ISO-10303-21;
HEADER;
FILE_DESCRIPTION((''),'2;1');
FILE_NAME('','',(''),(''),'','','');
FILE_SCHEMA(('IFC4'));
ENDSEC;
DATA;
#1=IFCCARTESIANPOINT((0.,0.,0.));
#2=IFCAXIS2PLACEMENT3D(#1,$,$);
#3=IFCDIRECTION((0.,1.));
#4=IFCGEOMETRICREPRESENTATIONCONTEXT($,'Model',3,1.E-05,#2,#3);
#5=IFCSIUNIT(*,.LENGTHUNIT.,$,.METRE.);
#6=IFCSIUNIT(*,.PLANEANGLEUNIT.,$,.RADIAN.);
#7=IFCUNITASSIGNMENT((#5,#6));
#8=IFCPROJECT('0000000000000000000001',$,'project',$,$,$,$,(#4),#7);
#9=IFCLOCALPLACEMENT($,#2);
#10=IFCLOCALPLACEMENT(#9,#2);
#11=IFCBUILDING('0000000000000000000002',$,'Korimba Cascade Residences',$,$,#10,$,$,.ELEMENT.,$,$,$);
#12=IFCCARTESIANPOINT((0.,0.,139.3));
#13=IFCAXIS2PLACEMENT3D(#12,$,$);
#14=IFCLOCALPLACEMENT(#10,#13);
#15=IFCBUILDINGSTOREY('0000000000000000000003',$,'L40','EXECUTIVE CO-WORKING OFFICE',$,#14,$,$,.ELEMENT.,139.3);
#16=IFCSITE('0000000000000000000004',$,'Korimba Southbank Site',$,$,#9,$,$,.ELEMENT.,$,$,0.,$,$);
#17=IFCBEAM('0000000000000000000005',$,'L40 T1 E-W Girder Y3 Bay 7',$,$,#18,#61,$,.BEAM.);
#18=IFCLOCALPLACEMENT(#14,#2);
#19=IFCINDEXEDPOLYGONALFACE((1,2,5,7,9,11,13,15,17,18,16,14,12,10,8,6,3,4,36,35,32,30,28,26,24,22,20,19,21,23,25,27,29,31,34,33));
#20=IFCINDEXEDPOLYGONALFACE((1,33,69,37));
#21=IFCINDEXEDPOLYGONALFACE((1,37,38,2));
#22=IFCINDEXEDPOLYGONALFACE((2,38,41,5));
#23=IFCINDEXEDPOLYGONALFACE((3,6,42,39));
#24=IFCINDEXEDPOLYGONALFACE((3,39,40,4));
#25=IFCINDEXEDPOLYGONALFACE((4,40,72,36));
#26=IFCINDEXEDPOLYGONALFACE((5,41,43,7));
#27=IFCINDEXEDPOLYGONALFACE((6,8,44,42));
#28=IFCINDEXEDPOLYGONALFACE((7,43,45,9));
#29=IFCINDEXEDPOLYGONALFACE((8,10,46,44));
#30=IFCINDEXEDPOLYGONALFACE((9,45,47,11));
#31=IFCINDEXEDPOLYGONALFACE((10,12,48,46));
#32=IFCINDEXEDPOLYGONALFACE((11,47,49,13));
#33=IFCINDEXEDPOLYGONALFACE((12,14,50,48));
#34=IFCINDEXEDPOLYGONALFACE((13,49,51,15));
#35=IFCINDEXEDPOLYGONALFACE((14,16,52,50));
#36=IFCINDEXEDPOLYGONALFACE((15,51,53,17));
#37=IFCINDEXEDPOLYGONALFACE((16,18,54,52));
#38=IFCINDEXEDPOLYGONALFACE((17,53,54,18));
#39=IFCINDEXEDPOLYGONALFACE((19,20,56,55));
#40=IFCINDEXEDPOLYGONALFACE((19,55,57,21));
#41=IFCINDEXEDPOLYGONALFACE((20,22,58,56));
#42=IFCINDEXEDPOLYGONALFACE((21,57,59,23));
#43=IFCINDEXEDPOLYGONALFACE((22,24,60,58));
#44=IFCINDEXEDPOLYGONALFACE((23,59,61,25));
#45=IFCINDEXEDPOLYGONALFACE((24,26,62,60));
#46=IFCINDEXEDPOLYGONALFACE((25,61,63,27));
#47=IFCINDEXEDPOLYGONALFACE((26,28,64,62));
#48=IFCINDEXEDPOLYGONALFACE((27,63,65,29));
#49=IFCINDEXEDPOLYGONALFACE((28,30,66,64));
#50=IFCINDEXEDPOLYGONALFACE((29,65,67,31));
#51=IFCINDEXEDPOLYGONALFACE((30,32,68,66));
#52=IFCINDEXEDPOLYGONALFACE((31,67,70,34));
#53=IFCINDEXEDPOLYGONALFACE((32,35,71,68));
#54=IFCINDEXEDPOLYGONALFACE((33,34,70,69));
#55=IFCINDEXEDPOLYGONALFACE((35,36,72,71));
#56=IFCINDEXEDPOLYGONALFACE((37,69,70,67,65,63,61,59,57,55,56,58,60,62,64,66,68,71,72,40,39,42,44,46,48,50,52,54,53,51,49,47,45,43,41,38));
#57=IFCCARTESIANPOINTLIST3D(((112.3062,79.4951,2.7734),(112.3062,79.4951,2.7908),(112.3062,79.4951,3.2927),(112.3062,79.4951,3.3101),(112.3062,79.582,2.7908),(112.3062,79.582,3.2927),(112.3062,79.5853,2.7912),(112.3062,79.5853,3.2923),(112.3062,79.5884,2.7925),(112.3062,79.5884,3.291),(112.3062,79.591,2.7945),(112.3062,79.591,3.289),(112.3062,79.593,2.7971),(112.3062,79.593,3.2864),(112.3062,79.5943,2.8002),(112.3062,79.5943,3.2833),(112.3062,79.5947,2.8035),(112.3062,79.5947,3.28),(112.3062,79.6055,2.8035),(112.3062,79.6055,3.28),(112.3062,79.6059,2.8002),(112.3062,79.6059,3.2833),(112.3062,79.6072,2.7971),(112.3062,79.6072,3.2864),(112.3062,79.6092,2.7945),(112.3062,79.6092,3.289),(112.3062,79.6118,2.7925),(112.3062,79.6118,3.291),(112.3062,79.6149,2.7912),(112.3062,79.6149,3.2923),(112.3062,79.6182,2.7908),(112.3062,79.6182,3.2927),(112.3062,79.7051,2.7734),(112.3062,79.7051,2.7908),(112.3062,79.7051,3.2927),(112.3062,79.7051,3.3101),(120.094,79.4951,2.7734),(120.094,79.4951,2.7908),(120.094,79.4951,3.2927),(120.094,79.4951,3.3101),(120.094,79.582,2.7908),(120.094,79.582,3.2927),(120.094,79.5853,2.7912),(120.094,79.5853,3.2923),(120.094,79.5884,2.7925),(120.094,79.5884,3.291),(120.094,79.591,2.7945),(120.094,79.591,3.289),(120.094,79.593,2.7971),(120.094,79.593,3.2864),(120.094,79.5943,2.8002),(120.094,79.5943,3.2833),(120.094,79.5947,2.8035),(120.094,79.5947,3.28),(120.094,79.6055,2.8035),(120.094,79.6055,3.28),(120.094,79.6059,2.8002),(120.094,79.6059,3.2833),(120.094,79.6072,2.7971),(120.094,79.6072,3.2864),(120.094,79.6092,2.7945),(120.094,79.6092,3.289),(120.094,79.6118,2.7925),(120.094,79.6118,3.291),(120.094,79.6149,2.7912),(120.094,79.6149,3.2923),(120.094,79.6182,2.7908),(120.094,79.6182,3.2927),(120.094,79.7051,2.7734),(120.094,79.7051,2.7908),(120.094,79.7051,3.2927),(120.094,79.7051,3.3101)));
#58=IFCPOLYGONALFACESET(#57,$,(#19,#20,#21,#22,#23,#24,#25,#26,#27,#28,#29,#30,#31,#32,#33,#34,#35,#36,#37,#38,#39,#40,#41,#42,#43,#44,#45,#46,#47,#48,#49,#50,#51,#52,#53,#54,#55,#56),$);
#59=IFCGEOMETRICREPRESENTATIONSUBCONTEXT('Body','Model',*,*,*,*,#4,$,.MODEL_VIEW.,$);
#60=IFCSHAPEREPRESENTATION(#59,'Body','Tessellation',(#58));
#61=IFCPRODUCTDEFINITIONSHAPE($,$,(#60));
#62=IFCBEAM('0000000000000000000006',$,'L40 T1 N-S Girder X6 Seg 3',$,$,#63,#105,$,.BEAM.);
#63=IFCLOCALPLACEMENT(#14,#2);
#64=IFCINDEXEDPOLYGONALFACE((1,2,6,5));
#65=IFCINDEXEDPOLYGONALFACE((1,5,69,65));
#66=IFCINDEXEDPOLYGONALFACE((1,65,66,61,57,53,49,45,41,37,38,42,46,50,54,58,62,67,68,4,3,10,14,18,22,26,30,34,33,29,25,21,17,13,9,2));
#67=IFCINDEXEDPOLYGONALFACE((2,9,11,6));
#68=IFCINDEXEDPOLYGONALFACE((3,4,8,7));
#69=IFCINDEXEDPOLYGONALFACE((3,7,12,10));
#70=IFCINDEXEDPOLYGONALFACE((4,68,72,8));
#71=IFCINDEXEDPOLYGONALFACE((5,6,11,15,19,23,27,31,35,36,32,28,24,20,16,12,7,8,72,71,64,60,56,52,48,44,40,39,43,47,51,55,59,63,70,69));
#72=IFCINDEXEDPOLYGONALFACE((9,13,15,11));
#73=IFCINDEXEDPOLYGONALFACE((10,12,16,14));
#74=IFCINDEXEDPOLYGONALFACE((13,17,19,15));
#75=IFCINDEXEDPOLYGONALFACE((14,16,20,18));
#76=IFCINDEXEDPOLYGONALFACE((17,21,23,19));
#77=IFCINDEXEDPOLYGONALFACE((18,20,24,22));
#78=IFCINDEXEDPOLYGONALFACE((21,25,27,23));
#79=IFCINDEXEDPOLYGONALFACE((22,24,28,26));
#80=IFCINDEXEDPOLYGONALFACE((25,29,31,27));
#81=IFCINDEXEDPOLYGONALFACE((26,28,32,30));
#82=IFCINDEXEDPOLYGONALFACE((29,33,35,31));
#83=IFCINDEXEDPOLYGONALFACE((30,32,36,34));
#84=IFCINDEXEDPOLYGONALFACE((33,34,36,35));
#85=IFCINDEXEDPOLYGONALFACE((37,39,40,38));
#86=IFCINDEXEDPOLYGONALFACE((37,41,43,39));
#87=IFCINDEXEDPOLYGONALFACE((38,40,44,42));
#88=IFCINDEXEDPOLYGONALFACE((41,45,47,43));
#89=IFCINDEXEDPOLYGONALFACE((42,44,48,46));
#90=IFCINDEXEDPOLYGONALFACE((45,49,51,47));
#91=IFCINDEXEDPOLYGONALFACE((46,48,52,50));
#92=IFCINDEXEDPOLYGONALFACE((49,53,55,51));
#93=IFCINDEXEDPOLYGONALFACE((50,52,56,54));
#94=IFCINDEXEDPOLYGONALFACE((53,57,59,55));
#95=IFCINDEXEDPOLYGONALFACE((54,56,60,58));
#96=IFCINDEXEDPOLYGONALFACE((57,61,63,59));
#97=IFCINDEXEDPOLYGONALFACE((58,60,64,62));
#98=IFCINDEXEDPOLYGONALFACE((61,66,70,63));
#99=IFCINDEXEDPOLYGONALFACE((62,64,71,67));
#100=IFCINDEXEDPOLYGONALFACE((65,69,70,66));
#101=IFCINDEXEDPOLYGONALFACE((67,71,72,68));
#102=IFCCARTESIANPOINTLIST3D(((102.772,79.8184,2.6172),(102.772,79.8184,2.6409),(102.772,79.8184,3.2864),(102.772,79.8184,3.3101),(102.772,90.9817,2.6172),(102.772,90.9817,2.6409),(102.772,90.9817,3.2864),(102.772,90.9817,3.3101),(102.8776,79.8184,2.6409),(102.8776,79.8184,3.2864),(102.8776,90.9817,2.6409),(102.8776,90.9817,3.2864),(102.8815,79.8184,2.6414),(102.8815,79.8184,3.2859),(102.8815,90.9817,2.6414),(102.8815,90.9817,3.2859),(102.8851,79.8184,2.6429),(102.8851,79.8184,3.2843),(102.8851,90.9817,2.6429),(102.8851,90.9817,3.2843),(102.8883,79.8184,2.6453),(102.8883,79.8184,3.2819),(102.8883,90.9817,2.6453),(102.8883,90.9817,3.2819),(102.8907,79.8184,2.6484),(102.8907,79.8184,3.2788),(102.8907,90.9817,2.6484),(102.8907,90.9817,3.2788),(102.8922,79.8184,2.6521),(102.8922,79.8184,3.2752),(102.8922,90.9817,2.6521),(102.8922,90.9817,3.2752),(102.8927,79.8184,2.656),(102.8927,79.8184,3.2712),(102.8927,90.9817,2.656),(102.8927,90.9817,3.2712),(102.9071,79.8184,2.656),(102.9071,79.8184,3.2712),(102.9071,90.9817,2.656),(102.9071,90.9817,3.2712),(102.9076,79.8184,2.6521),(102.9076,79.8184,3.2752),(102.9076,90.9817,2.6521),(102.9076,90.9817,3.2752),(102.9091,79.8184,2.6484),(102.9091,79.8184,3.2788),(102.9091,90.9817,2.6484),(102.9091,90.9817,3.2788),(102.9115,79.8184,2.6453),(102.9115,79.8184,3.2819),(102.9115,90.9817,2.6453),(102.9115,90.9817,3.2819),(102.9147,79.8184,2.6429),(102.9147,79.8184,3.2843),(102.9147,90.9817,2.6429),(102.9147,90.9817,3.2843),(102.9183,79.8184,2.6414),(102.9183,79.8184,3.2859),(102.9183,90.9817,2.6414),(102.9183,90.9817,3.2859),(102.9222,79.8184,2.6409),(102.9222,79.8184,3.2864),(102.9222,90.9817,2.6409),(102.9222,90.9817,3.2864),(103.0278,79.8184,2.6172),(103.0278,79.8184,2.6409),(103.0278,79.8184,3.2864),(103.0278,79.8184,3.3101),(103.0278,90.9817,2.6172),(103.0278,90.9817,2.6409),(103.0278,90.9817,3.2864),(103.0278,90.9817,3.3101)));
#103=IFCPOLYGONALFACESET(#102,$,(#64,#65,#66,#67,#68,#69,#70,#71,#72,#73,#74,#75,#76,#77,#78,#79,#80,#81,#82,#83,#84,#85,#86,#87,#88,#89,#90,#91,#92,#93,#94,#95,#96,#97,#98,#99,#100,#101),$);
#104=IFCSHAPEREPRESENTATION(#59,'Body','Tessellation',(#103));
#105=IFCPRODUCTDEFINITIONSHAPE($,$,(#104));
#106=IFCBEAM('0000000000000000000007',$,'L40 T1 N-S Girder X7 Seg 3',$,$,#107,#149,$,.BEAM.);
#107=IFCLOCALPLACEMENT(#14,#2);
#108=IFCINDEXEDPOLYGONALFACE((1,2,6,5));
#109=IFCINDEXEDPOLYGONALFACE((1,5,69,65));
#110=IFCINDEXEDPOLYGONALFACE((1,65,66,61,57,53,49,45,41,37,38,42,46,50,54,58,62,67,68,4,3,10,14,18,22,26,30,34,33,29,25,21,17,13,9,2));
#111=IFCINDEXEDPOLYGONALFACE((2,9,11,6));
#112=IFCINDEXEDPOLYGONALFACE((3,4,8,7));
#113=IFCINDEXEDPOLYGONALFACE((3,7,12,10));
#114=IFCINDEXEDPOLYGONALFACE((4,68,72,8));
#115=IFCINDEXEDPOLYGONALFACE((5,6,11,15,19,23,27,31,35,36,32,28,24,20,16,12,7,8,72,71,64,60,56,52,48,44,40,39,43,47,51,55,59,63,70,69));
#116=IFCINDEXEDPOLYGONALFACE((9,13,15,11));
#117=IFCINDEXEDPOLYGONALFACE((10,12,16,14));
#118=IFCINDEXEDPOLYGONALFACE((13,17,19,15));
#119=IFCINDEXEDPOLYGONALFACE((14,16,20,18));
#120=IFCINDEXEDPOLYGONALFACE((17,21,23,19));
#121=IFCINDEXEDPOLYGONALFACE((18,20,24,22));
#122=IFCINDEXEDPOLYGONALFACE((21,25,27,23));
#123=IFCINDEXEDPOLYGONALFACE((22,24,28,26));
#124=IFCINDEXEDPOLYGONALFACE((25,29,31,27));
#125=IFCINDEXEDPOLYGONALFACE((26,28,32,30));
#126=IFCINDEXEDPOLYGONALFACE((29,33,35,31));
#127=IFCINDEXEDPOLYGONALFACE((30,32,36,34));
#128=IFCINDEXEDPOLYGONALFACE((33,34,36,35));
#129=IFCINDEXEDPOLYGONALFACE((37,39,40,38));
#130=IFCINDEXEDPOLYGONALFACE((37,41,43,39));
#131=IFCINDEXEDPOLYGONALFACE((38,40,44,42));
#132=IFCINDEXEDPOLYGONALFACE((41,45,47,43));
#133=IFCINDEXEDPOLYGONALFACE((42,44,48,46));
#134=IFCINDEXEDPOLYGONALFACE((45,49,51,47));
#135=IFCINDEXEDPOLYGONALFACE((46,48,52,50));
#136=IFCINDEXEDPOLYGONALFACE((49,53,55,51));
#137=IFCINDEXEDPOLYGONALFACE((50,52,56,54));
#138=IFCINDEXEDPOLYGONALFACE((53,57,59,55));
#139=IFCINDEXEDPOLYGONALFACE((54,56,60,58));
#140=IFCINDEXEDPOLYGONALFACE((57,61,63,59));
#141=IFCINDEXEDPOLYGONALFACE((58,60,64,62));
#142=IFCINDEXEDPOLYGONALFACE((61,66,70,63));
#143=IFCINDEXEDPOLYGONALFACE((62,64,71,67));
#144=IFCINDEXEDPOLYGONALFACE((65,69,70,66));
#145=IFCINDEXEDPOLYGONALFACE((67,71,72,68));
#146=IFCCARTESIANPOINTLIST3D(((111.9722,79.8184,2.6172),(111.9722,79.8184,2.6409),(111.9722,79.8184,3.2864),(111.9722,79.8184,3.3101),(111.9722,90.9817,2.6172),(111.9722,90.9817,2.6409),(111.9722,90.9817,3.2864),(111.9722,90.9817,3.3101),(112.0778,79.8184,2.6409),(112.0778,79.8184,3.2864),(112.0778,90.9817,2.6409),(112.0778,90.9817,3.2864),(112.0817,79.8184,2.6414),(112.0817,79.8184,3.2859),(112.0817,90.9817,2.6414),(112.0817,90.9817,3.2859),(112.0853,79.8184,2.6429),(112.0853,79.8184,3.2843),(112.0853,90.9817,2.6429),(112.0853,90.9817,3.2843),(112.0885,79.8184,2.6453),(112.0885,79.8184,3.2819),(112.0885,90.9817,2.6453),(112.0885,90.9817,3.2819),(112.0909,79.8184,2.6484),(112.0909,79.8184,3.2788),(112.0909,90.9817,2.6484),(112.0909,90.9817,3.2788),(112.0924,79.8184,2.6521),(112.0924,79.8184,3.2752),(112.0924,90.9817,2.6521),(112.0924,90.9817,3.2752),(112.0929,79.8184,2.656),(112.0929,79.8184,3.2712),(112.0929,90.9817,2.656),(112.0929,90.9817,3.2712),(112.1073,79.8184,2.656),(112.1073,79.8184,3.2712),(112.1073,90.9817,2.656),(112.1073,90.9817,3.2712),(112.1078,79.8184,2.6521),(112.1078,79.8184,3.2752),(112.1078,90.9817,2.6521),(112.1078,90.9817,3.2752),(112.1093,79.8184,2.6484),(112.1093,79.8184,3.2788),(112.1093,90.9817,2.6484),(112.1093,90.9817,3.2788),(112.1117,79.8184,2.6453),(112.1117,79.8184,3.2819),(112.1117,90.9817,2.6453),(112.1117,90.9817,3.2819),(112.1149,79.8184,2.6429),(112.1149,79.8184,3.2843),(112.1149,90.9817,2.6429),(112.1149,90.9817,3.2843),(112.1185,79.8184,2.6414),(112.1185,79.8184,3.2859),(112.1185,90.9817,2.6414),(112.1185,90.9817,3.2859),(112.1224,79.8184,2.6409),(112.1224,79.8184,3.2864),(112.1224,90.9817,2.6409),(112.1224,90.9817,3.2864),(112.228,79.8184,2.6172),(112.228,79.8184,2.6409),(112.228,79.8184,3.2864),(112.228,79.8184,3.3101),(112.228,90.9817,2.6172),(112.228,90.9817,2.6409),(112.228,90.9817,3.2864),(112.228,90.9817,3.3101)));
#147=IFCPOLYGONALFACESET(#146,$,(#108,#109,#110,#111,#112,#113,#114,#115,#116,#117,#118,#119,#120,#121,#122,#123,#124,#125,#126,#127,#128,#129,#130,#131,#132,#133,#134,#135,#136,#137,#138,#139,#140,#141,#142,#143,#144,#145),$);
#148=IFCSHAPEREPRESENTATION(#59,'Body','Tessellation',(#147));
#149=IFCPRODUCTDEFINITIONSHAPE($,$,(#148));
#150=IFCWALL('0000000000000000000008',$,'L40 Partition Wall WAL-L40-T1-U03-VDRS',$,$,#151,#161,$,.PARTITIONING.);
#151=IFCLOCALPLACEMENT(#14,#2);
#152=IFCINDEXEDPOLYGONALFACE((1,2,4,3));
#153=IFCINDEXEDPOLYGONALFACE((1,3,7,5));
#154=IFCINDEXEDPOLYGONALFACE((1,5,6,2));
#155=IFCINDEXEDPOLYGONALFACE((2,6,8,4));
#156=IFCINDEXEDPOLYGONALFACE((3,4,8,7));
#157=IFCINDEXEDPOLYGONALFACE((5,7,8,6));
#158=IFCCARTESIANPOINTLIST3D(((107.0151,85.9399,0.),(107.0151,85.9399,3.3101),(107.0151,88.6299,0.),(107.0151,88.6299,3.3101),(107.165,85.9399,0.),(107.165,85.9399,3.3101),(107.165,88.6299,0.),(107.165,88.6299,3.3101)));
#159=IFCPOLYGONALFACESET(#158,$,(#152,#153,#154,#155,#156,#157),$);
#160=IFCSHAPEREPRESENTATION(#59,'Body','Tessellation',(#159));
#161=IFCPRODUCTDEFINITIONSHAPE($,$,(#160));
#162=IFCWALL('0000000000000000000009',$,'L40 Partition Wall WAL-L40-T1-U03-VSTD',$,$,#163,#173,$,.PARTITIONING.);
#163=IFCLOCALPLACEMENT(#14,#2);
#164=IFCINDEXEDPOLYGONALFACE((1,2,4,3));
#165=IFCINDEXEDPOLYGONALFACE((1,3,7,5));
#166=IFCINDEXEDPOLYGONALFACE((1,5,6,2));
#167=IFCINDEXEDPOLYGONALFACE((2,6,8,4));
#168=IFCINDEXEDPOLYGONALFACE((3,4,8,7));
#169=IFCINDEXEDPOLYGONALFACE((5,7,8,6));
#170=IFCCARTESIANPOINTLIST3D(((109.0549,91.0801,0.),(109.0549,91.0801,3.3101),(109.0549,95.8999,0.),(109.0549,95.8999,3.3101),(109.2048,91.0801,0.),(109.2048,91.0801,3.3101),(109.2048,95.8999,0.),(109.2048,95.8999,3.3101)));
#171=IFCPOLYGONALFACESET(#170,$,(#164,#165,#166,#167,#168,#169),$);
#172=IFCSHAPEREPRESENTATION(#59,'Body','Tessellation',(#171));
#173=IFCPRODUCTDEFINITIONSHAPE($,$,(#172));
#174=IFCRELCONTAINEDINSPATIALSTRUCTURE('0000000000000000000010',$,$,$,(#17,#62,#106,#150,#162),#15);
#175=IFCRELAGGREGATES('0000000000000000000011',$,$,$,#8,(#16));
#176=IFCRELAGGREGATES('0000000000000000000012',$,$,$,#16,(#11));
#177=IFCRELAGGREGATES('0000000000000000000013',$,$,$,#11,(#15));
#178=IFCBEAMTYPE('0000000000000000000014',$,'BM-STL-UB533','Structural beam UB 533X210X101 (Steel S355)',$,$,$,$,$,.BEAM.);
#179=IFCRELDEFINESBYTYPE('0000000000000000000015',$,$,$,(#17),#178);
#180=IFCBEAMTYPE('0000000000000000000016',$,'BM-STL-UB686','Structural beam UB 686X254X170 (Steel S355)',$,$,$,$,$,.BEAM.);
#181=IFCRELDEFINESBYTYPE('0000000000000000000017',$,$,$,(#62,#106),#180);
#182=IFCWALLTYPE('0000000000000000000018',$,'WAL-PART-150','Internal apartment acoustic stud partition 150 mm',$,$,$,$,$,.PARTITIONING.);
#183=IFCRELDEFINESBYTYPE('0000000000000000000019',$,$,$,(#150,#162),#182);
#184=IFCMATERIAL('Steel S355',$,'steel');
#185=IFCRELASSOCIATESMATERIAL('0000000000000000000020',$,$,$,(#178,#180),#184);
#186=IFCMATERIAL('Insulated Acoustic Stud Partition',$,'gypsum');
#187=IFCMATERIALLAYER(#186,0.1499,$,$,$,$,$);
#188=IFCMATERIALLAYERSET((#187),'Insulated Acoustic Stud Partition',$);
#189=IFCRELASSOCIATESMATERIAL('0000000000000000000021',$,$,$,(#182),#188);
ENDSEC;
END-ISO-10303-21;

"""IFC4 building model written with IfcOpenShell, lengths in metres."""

from ifc_helpers import new_model, si_unit, direction, frame, frame_2d, origin, origin_2d, place, context, subcontext, project, spatial, rectangle, i_section, extrude, material, layer, layer_set, material_profile, profile_set, type_object, element, save


model = new_model("IFC4")

# Units and contexts
model_context = context("Model", 3, precision=1e-05, world=origin(), true_north=direction((0.0, 1.0)))
body_context = subcontext(model_context, "Body", "Model", "MODEL_VIEW")
ifc_project = project(units=[si_unit("LENGTHUNIT", "METRE"), si_unit("PLANEANGLEUNIT", "RADIAN")], contexts=[model_context])

# Site, building, storey
site_placement = place(None, origin())
site = spatial("IfcSite", under=ifc_project, at=site_placement, Name="Korimba Southbank Site", CompositionType="ELEMENT", RefElevation=0.0)
building_placement = place(site_placement, origin())
building = spatial("IfcBuilding", under=site, at=building_placement, Name="Korimba Cascade Residences", CompositionType="ELEMENT")
storey_placement = place(building_placement, frame((0.0, 0.0, 139.3)))
storey = spatial("IfcBuildingStorey", under=building, at=storey_placement, Name="L40", Description="EXECUTIVE CO-WORKING OFFICE", CompositionType="ELEMENT", Elevation=139.3)

# Beams
ifc_material_1 = material(Name="Steel S355", Category="steel")
ifc_material_profile_1 = material_profile(ifc_material_1, i_section(OverallWidth=0.21, OverallDepth=0.5366, WebThickness=0.0107, FlangeThickness=0.0173, FilletRadius=0.0127, at=origin_2d()), Name="Steel S355")
ifc_profile_set_1 = profile_set([ifc_material_profile_1], Name="Steel S355")
beam_type_1 = type_object("IfcBeamType", Name="BM-STL-UB533", Description="Structural beam UB 533X210X101 (Steel S355)", PredefinedType="BEAM", material=ifc_profile_set_1)
beam_1_placement = place(storey_placement, frame((112.3062, 79.6001, 3.0417), z_axis=(1.0, 0.0, 0.0), x_axis=(0.0, 1.0, 0.0)))
element("IfcBeam", 1, at=beam_1_placement, inside=storey, type_object=beam_type_1, Name="L40 T1 E-W Girder Y3 Bay 7", PredefinedType="BEAM", context=body_context, shape_type="SweptSolid", body=[
    extrude(i_section(OverallWidth=0.21, OverallDepth=0.5366, WebThickness=0.0107, FlangeThickness=0.0173, FilletRadius=0.0127, at=origin_2d()), origin(), (0.0, 0.0, 1.0), 7.7878),
])
ifc_material_profile_2 = material_profile(ifc_material_1, i_section(OverallWidth=0.2559, OverallDepth=0.6929, WebThickness=0.0144, FlangeThickness=0.0237, FilletRadius=0.0151, at=origin_2d()), Name="Steel S355")
ifc_profile_set_2 = profile_set([ifc_material_profile_2], Name="Steel S355")
beam_type_2 = type_object("IfcBeamType", Name="BM-STL-UB686", Description="Structural beam UB 686X254X170 (Steel S355)", PredefinedType="BEAM", material=ifc_profile_set_2)
for number, where, z_axis, x_axis, name in (
    (2, (102.8999, 79.8184, 2.9636), (0.0, 1.0, 0.0), (-1.0, 0.0, 0.0), "L40 T1 N-S Girder X6 Seg 3"),
    (3, (112.1001, 79.8184, 2.9636), (0.0, 1.0, 0.0), (-1.0, 0.0, 0.0), "L40 T1 N-S Girder X7 Seg 3"),
):
    element("IfcBeam", number, at=place(storey_placement, frame(where, z_axis=z_axis, x_axis=x_axis)), inside=storey, type_object=beam_type_2, Name=name, PredefinedType="BEAM", context=body_context, shape_type="SweptSolid", body=[
        extrude(i_section(OverallWidth=0.2559, OverallDepth=0.6929, WebThickness=0.0144, FlangeThickness=0.0237, FilletRadius=0.0151, at=origin_2d()), origin(), (0.0, 0.0, 1.0), 11.1633),
    ])

# Walls
ifc_material_2 = material(Name="Insulated Acoustic Stud Partition", Category="gypsum")
ifc_layer = layer(ifc_material_2, 0.1499)
ifc_layer_set = layer_set([ifc_layer], Name="Insulated Acoustic Stud Partition")
wall_type = type_object("IfcWallType", Name="WAL-PART-150", Description="Internal apartment acoustic stud partition 150 mm", PredefinedType="PARTITIONING", material=ifc_layer_set)
wall_1_placement = place(storey_placement, frame((107.0901, 85.9399, 0.0), z_axis=(0.0, 0.0, 1.0), x_axis=(0.0, 1.0, 0.0)))
element("IfcWall", 4, at=wall_1_placement, inside=storey, type_object=wall_type, Name="L40 Partition Wall WAL-L40-T1-U03-VDRS", PredefinedType="PARTITIONING", context=body_context, shape_type="SweptSolid", body=[
    extrude(rectangle(XDim=2.6899, YDim=0.1499, at=frame_2d((1.345, 0.0))), origin(), (0.0, 0.0, 1.0), 3.3101),
])
wall_2_placement = place(storey_placement, frame((109.1299, 91.0801, 0.0), z_axis=(0.0, 0.0, 1.0), x_axis=(0.0, 1.0, 0.0)))
element("IfcWall", 5, at=wall_2_placement, inside=storey, type_object=wall_type, Name="L40 Partition Wall WAL-L40-T1-U03-VSTD", PredefinedType="PARTITIONING", context=body_context, shape_type="SweptSolid", body=[
    extrude(rectangle(XDim=4.8198, YDim=0.1499, at=frame_2d((2.4099, 0.0))), origin(), (0.0, 0.0, 1.0), 3.3101),
])

save(model, "model.ifc")
